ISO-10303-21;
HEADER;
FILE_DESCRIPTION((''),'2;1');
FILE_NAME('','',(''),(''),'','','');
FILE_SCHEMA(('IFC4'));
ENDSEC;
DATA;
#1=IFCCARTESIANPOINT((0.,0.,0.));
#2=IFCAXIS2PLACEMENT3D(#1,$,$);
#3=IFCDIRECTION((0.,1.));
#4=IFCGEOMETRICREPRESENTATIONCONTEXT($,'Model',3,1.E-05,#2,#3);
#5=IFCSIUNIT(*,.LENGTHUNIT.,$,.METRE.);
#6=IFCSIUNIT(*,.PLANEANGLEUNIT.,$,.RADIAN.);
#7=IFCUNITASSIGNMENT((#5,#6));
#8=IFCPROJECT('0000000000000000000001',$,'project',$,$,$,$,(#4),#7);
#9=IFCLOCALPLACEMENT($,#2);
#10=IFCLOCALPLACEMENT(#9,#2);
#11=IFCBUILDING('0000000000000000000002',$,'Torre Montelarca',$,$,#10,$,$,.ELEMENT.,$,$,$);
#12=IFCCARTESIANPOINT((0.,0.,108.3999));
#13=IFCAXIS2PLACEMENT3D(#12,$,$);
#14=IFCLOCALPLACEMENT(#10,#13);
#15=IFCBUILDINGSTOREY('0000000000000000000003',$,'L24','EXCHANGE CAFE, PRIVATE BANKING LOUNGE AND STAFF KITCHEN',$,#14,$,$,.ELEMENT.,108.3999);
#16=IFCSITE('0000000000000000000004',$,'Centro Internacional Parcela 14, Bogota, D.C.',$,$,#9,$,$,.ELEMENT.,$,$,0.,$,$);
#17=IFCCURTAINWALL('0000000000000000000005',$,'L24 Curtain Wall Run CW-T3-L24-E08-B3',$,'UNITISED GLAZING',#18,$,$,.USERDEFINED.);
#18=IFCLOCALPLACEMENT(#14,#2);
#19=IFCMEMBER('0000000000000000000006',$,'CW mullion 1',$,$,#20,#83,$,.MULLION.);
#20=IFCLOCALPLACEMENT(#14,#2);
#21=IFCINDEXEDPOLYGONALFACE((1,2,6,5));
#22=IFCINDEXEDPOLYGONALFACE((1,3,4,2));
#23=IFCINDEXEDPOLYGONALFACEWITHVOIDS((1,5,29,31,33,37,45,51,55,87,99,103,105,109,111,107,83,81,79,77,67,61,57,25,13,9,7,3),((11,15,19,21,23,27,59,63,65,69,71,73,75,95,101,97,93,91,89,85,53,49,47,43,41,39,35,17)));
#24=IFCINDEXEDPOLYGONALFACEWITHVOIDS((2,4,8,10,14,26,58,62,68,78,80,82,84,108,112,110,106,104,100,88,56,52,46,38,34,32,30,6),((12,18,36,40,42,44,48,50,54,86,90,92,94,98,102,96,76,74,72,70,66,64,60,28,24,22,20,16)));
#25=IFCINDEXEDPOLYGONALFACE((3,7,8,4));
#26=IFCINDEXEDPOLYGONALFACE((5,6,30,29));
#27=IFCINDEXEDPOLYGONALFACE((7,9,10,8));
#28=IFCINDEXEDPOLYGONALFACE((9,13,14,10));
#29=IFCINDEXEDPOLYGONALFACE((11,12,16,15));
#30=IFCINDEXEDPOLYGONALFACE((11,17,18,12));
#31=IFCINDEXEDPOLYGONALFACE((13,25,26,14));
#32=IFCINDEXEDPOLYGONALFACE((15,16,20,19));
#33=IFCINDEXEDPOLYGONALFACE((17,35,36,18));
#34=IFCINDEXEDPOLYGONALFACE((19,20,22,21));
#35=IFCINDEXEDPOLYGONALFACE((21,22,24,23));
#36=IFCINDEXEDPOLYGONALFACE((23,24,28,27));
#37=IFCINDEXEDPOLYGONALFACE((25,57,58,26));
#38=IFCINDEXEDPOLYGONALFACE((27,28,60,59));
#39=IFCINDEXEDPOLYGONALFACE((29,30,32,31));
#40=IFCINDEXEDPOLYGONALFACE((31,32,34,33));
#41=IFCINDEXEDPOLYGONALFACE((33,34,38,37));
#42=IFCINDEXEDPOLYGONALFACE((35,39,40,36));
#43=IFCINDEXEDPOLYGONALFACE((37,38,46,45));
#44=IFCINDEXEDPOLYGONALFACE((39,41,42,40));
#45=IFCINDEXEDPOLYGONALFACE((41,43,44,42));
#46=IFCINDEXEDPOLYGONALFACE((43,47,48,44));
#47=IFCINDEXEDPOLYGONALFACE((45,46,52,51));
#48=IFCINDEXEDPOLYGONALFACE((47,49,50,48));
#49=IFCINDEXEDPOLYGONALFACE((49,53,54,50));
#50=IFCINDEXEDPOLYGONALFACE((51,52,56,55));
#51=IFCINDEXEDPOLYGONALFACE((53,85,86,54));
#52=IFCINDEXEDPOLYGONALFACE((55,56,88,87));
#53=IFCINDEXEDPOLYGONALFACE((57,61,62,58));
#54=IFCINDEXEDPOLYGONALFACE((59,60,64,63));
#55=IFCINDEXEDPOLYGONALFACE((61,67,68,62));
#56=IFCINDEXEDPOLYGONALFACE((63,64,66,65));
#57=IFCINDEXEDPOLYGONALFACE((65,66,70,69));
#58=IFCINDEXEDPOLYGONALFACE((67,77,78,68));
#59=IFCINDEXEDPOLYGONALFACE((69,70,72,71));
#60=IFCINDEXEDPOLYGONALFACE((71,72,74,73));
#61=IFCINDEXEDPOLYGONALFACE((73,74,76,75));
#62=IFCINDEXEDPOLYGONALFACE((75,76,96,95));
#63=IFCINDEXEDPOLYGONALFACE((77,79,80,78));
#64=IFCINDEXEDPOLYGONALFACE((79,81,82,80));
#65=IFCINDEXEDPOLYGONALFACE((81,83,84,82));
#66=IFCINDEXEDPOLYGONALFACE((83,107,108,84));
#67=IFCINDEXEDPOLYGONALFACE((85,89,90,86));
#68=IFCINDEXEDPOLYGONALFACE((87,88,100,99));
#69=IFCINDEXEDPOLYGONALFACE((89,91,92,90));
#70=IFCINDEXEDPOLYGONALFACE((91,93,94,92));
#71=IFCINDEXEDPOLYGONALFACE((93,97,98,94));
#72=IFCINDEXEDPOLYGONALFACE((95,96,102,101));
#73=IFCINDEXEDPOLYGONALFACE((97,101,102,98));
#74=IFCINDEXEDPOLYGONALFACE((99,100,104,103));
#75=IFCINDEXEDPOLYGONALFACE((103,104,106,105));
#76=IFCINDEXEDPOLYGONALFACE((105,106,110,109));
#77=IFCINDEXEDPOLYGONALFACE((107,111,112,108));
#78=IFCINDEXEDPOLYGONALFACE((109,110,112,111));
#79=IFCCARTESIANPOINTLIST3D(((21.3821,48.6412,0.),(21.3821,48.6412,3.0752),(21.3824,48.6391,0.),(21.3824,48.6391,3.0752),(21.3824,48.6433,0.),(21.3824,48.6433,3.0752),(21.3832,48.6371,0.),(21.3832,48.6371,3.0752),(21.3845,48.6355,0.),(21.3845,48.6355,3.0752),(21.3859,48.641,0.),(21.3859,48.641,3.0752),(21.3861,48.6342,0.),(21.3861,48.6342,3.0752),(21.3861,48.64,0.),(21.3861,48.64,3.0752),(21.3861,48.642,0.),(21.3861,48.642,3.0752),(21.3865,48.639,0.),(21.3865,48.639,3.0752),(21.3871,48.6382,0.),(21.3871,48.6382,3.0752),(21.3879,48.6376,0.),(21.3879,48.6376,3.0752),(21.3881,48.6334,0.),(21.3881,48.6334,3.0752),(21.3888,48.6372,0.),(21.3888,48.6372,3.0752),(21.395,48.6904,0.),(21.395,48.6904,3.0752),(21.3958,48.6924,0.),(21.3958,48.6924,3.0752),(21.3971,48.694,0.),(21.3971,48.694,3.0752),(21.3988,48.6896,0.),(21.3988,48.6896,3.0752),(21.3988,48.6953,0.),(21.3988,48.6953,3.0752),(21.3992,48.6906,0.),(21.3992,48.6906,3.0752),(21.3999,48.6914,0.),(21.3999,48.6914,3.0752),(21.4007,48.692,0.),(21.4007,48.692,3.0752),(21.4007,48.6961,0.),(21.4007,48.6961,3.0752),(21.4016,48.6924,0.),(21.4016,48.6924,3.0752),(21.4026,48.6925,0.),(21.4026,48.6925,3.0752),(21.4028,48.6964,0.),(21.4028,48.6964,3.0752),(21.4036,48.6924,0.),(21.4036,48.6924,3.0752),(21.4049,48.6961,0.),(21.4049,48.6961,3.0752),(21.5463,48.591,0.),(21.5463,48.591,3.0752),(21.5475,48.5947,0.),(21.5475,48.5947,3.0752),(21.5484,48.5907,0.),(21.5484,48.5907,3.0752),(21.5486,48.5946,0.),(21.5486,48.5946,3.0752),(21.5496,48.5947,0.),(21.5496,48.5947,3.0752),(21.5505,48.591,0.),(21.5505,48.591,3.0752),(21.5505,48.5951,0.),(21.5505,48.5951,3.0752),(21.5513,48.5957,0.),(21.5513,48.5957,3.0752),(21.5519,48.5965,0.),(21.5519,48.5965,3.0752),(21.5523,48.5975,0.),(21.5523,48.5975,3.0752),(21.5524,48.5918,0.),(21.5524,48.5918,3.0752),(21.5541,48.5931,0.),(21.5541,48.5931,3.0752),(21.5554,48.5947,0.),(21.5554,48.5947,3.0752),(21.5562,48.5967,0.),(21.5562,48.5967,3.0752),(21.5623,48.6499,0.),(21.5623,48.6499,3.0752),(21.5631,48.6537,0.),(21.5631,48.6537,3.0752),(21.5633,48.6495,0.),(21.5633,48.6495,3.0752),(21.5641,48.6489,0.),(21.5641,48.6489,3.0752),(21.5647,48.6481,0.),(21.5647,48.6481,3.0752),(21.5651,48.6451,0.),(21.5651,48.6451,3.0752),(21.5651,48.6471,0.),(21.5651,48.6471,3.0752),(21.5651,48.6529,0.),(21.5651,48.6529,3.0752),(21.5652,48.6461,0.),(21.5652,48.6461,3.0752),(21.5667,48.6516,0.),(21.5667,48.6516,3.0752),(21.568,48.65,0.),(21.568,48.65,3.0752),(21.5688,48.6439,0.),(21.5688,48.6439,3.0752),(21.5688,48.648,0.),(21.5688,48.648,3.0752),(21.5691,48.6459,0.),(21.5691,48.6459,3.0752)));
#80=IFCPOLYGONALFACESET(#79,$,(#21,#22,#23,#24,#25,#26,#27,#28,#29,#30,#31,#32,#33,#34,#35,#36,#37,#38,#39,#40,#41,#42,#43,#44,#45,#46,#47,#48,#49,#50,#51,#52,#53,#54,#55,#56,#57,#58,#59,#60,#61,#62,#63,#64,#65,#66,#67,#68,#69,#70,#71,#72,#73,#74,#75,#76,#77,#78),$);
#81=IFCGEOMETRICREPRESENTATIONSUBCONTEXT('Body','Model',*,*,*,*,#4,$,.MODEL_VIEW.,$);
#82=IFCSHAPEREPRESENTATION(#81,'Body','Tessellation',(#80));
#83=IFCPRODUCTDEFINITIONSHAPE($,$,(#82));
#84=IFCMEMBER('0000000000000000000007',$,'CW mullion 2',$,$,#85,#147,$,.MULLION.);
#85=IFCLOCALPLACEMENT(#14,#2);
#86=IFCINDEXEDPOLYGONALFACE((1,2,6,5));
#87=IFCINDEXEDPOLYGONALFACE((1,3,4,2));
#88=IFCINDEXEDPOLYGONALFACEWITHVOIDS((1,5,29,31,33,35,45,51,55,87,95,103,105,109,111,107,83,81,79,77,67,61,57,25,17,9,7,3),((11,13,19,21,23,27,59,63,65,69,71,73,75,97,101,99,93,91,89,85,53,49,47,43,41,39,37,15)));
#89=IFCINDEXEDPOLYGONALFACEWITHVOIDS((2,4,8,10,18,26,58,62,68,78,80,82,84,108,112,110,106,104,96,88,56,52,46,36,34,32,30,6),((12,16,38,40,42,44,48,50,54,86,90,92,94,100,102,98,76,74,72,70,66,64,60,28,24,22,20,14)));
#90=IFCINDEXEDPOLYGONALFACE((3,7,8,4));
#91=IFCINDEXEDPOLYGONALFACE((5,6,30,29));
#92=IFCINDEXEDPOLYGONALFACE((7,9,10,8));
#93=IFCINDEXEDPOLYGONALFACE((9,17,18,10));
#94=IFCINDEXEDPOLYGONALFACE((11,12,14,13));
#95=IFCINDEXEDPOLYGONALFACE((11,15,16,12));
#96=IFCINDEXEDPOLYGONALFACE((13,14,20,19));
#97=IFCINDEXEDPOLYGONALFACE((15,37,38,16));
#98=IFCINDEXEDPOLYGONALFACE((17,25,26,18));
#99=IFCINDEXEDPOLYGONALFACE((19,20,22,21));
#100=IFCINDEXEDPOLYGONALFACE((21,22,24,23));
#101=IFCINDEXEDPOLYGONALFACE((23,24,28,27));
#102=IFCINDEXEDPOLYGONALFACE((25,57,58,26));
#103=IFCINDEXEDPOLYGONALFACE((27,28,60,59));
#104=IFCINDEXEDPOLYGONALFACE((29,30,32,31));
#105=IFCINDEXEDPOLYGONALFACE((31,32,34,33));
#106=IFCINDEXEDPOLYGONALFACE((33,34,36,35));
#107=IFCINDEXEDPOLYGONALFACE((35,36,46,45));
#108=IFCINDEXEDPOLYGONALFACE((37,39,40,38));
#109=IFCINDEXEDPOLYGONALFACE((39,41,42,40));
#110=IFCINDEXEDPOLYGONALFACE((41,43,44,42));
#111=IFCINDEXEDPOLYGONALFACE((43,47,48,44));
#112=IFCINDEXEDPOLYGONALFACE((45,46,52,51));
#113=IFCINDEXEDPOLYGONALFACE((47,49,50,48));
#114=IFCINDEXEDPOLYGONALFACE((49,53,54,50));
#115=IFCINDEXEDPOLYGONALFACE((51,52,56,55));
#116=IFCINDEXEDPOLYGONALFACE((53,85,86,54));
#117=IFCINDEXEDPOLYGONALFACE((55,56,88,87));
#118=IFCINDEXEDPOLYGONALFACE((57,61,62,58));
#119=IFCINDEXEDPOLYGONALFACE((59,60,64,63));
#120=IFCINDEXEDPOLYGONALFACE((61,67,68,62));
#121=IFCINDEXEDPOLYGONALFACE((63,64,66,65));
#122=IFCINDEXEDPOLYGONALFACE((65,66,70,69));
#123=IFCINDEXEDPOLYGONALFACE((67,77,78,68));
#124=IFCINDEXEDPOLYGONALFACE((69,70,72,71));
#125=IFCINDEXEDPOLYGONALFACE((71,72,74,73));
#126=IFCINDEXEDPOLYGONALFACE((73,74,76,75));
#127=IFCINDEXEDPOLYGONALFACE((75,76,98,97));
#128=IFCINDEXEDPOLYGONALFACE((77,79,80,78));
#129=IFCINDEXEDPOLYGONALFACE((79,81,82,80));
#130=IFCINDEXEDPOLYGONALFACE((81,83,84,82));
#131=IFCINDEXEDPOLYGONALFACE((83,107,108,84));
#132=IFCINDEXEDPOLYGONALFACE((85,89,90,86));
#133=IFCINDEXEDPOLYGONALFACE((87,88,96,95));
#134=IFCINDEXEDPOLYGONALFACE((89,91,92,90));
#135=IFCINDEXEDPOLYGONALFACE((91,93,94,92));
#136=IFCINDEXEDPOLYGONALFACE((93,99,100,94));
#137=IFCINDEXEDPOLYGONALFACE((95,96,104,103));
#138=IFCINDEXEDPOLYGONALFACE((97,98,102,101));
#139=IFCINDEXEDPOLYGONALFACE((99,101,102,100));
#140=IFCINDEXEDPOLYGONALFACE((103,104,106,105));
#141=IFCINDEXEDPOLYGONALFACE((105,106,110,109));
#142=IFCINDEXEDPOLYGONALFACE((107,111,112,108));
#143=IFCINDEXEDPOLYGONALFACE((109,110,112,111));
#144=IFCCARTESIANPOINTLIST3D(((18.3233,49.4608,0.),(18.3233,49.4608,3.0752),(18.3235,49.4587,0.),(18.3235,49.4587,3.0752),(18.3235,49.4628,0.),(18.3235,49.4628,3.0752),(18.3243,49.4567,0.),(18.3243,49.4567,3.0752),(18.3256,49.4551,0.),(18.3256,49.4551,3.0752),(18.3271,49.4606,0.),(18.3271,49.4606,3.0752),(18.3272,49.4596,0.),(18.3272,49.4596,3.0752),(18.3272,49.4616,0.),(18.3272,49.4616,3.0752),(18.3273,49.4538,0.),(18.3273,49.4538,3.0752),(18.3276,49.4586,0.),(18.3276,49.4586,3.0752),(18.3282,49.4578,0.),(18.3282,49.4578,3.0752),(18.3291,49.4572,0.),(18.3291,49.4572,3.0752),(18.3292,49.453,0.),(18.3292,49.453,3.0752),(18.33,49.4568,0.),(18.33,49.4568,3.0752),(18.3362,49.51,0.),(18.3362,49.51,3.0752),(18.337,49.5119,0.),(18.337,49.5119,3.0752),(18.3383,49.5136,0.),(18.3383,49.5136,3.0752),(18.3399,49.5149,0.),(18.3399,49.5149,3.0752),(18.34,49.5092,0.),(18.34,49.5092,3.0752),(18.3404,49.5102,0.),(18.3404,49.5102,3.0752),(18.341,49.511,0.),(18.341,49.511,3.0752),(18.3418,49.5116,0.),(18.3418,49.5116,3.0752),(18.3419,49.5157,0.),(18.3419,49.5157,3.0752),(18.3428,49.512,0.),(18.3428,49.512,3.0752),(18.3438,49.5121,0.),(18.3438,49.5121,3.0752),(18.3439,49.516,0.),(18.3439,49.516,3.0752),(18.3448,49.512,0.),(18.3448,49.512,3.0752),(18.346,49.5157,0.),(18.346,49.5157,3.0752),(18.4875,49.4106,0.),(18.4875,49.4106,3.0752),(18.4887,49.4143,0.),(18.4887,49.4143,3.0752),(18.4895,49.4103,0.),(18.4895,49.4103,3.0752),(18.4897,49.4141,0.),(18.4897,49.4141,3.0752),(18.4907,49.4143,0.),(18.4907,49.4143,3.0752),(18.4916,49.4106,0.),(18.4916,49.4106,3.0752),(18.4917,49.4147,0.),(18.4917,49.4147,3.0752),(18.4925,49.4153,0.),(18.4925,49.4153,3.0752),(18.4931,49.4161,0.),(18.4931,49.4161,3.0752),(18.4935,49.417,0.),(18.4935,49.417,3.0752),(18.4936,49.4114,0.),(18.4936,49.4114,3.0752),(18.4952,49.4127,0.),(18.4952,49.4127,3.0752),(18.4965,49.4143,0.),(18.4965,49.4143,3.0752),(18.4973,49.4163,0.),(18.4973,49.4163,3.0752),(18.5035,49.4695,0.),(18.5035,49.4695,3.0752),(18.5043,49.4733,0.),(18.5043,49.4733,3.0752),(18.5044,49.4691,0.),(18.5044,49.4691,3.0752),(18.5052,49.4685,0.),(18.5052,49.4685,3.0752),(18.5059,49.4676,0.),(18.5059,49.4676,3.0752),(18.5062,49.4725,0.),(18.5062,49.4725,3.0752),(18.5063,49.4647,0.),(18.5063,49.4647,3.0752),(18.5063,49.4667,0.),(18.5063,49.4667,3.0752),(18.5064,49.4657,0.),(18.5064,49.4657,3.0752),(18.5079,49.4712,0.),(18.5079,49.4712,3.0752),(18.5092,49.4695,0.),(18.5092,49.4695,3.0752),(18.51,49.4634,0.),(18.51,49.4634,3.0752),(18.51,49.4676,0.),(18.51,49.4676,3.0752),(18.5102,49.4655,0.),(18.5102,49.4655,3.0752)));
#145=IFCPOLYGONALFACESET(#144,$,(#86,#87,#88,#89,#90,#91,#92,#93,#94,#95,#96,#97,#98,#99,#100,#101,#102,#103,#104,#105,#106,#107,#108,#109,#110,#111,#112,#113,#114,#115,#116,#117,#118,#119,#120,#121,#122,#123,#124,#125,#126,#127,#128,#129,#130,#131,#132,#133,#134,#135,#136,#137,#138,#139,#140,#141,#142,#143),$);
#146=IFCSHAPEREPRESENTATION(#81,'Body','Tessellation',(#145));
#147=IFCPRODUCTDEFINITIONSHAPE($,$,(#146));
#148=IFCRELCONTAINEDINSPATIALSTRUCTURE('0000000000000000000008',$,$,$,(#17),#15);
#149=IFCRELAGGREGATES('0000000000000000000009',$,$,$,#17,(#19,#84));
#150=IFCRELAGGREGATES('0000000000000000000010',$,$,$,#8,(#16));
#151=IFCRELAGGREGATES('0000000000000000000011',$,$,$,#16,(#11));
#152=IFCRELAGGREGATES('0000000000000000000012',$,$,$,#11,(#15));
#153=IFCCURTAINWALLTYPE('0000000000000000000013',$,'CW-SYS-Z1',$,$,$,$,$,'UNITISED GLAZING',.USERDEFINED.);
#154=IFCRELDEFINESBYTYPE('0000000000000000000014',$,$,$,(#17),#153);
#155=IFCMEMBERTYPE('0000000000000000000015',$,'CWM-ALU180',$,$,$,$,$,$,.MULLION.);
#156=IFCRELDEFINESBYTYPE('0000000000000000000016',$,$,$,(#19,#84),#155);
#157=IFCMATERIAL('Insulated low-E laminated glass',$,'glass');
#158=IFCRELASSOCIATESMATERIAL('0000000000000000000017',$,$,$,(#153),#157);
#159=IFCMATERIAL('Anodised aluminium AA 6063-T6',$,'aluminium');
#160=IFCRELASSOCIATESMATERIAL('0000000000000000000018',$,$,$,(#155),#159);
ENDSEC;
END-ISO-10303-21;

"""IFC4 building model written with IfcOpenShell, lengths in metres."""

from ifc_helpers import new_model, si_unit, direction, frame, origin, origin_2d, place, context, subcontext, project, spatial, hollow_rectangle, extrude, source, transform, mapped, material, material_profile, profile_set, type_object, element, aggregate, save


model = new_model("IFC4")

# Units and contexts
model_context = context("Model", 3, precision=1e-05, world=origin(), true_north=direction((0.0, 1.0)))
body_context = subcontext(model_context, "Body", "Model", "MODEL_VIEW")
ifc_project = project(units=[si_unit("LENGTHUNIT", "METRE"), si_unit("PLANEANGLEUNIT", "RADIAN")], contexts=[model_context])

# Site, building, storey
site_placement = place(None, origin())
site = spatial("IfcSite", under=ifc_project, at=site_placement, Name="Centro Internacional Parcela 14, Bogota, D.C.", CompositionType="ELEMENT", RefElevation=0.0)
building_placement = place(site_placement, origin())
building = spatial("IfcBuilding", under=site, at=building_placement, Name="Torre Montelarca", CompositionType="ELEMENT")
storey_placement = place(building_placement, frame((0.0, 0.0, 108.3999)))
storey = spatial("IfcBuildingStorey", under=building, at=storey_placement, Name="L24", Description="EXCHANGE CAFE, PRIVATE BANKING LOUNGE AND STAFF KITCHEN", CompositionType="ELEMENT", Elevation=108.3999)

# Curtain wall
ifc_material_1 = material(Name="Insulated low-E laminated glass", Category="glass")
curtain_wall_type = type_object("IfcCurtainWallType", Name="CW-SYS-Z1", ElementType="UNITISED GLAZING", PredefinedType="USERDEFINED", material=ifc_material_1)
ifc_material_2 = material(Name="Anodised aluminium AA 6063-T6", Category="aluminium")
curtain_wall_1_placement = place(storey_placement, origin())
curtain_wall_1 = element("IfcCurtainWall", 1, at=curtain_wall_1_placement, inside=storey, type_object=curtain_wall_type, Name="L24 Curtain Wall Run CW-T3-L24-E08-B3", ObjectType="UNITISED GLAZING", PredefinedType="USERDEFINED")

# Members
ifc_material_profile_1 = material_profile(ifc_material_2, hollow_rectangle(XDim=0.0649, YDim=0.1799, WallThickness=0.0039, InnerFilletRadius=0.0039, OuterFilletRadius=0.0081, at=origin_2d()), Name="ALU65X180X4", Category="aluminium")
ifc_profile_set_1 = profile_set([ifc_material_profile_1], Name="Anodised aluminium AA 6063-T6")
member_type_1 = type_object("IfcMemberType", Name="CWM-ALU180", PredefinedType="MULLION", material=ifc_profile_set_1)
shared_shape_1 = source(origin(), body_context, "Body", "SweptSolid", [
    extrude(hollow_rectangle(XDim=0.0649, YDim=0.1799, WallThickness=0.0039, InnerFilletRadius=0.0039, OuterFilletRadius=0.0081, at=origin_2d()), origin(), (0.0, 0.0, 1.0), 3.0752),
])
member_1_placement = place(storey_placement, frame((21.4756, 48.6436, 0.0), z_axis=(0.0, 0.0, 1.0), x_axis=(-0.258806, -0.965929, 0.0)))
member_1 = element("IfcMember", 2, at=member_1_placement, type_object=member_type_1, Name="CW mullion 1", PredefinedType="MULLION", context=body_context, shape_type="MappedRepresentation", body=[
    mapped(shared_shape_1, transform((0.0, 0.0, 0.0), scale=1.0)),
])
member_2_placement = place(storey_placement, frame((18.4167, 49.4631, 0.0), z_axis=(0.0, 0.0, 1.0), x_axis=(-0.258806, -0.965929, 0.0)))
member_2 = element("IfcMember", 3, at=member_2_placement, type_object=member_type_1, Name="CW mullion 2", PredefinedType="MULLION", context=body_context, shape_type="MappedRepresentation", body=[
    mapped(shared_shape_1, transform((0.0, 0.0, 0.0), scale=1.0)),
])

aggregate(curtain_wall_1, [member_1, member_2])

save(model, "model.ifc")
